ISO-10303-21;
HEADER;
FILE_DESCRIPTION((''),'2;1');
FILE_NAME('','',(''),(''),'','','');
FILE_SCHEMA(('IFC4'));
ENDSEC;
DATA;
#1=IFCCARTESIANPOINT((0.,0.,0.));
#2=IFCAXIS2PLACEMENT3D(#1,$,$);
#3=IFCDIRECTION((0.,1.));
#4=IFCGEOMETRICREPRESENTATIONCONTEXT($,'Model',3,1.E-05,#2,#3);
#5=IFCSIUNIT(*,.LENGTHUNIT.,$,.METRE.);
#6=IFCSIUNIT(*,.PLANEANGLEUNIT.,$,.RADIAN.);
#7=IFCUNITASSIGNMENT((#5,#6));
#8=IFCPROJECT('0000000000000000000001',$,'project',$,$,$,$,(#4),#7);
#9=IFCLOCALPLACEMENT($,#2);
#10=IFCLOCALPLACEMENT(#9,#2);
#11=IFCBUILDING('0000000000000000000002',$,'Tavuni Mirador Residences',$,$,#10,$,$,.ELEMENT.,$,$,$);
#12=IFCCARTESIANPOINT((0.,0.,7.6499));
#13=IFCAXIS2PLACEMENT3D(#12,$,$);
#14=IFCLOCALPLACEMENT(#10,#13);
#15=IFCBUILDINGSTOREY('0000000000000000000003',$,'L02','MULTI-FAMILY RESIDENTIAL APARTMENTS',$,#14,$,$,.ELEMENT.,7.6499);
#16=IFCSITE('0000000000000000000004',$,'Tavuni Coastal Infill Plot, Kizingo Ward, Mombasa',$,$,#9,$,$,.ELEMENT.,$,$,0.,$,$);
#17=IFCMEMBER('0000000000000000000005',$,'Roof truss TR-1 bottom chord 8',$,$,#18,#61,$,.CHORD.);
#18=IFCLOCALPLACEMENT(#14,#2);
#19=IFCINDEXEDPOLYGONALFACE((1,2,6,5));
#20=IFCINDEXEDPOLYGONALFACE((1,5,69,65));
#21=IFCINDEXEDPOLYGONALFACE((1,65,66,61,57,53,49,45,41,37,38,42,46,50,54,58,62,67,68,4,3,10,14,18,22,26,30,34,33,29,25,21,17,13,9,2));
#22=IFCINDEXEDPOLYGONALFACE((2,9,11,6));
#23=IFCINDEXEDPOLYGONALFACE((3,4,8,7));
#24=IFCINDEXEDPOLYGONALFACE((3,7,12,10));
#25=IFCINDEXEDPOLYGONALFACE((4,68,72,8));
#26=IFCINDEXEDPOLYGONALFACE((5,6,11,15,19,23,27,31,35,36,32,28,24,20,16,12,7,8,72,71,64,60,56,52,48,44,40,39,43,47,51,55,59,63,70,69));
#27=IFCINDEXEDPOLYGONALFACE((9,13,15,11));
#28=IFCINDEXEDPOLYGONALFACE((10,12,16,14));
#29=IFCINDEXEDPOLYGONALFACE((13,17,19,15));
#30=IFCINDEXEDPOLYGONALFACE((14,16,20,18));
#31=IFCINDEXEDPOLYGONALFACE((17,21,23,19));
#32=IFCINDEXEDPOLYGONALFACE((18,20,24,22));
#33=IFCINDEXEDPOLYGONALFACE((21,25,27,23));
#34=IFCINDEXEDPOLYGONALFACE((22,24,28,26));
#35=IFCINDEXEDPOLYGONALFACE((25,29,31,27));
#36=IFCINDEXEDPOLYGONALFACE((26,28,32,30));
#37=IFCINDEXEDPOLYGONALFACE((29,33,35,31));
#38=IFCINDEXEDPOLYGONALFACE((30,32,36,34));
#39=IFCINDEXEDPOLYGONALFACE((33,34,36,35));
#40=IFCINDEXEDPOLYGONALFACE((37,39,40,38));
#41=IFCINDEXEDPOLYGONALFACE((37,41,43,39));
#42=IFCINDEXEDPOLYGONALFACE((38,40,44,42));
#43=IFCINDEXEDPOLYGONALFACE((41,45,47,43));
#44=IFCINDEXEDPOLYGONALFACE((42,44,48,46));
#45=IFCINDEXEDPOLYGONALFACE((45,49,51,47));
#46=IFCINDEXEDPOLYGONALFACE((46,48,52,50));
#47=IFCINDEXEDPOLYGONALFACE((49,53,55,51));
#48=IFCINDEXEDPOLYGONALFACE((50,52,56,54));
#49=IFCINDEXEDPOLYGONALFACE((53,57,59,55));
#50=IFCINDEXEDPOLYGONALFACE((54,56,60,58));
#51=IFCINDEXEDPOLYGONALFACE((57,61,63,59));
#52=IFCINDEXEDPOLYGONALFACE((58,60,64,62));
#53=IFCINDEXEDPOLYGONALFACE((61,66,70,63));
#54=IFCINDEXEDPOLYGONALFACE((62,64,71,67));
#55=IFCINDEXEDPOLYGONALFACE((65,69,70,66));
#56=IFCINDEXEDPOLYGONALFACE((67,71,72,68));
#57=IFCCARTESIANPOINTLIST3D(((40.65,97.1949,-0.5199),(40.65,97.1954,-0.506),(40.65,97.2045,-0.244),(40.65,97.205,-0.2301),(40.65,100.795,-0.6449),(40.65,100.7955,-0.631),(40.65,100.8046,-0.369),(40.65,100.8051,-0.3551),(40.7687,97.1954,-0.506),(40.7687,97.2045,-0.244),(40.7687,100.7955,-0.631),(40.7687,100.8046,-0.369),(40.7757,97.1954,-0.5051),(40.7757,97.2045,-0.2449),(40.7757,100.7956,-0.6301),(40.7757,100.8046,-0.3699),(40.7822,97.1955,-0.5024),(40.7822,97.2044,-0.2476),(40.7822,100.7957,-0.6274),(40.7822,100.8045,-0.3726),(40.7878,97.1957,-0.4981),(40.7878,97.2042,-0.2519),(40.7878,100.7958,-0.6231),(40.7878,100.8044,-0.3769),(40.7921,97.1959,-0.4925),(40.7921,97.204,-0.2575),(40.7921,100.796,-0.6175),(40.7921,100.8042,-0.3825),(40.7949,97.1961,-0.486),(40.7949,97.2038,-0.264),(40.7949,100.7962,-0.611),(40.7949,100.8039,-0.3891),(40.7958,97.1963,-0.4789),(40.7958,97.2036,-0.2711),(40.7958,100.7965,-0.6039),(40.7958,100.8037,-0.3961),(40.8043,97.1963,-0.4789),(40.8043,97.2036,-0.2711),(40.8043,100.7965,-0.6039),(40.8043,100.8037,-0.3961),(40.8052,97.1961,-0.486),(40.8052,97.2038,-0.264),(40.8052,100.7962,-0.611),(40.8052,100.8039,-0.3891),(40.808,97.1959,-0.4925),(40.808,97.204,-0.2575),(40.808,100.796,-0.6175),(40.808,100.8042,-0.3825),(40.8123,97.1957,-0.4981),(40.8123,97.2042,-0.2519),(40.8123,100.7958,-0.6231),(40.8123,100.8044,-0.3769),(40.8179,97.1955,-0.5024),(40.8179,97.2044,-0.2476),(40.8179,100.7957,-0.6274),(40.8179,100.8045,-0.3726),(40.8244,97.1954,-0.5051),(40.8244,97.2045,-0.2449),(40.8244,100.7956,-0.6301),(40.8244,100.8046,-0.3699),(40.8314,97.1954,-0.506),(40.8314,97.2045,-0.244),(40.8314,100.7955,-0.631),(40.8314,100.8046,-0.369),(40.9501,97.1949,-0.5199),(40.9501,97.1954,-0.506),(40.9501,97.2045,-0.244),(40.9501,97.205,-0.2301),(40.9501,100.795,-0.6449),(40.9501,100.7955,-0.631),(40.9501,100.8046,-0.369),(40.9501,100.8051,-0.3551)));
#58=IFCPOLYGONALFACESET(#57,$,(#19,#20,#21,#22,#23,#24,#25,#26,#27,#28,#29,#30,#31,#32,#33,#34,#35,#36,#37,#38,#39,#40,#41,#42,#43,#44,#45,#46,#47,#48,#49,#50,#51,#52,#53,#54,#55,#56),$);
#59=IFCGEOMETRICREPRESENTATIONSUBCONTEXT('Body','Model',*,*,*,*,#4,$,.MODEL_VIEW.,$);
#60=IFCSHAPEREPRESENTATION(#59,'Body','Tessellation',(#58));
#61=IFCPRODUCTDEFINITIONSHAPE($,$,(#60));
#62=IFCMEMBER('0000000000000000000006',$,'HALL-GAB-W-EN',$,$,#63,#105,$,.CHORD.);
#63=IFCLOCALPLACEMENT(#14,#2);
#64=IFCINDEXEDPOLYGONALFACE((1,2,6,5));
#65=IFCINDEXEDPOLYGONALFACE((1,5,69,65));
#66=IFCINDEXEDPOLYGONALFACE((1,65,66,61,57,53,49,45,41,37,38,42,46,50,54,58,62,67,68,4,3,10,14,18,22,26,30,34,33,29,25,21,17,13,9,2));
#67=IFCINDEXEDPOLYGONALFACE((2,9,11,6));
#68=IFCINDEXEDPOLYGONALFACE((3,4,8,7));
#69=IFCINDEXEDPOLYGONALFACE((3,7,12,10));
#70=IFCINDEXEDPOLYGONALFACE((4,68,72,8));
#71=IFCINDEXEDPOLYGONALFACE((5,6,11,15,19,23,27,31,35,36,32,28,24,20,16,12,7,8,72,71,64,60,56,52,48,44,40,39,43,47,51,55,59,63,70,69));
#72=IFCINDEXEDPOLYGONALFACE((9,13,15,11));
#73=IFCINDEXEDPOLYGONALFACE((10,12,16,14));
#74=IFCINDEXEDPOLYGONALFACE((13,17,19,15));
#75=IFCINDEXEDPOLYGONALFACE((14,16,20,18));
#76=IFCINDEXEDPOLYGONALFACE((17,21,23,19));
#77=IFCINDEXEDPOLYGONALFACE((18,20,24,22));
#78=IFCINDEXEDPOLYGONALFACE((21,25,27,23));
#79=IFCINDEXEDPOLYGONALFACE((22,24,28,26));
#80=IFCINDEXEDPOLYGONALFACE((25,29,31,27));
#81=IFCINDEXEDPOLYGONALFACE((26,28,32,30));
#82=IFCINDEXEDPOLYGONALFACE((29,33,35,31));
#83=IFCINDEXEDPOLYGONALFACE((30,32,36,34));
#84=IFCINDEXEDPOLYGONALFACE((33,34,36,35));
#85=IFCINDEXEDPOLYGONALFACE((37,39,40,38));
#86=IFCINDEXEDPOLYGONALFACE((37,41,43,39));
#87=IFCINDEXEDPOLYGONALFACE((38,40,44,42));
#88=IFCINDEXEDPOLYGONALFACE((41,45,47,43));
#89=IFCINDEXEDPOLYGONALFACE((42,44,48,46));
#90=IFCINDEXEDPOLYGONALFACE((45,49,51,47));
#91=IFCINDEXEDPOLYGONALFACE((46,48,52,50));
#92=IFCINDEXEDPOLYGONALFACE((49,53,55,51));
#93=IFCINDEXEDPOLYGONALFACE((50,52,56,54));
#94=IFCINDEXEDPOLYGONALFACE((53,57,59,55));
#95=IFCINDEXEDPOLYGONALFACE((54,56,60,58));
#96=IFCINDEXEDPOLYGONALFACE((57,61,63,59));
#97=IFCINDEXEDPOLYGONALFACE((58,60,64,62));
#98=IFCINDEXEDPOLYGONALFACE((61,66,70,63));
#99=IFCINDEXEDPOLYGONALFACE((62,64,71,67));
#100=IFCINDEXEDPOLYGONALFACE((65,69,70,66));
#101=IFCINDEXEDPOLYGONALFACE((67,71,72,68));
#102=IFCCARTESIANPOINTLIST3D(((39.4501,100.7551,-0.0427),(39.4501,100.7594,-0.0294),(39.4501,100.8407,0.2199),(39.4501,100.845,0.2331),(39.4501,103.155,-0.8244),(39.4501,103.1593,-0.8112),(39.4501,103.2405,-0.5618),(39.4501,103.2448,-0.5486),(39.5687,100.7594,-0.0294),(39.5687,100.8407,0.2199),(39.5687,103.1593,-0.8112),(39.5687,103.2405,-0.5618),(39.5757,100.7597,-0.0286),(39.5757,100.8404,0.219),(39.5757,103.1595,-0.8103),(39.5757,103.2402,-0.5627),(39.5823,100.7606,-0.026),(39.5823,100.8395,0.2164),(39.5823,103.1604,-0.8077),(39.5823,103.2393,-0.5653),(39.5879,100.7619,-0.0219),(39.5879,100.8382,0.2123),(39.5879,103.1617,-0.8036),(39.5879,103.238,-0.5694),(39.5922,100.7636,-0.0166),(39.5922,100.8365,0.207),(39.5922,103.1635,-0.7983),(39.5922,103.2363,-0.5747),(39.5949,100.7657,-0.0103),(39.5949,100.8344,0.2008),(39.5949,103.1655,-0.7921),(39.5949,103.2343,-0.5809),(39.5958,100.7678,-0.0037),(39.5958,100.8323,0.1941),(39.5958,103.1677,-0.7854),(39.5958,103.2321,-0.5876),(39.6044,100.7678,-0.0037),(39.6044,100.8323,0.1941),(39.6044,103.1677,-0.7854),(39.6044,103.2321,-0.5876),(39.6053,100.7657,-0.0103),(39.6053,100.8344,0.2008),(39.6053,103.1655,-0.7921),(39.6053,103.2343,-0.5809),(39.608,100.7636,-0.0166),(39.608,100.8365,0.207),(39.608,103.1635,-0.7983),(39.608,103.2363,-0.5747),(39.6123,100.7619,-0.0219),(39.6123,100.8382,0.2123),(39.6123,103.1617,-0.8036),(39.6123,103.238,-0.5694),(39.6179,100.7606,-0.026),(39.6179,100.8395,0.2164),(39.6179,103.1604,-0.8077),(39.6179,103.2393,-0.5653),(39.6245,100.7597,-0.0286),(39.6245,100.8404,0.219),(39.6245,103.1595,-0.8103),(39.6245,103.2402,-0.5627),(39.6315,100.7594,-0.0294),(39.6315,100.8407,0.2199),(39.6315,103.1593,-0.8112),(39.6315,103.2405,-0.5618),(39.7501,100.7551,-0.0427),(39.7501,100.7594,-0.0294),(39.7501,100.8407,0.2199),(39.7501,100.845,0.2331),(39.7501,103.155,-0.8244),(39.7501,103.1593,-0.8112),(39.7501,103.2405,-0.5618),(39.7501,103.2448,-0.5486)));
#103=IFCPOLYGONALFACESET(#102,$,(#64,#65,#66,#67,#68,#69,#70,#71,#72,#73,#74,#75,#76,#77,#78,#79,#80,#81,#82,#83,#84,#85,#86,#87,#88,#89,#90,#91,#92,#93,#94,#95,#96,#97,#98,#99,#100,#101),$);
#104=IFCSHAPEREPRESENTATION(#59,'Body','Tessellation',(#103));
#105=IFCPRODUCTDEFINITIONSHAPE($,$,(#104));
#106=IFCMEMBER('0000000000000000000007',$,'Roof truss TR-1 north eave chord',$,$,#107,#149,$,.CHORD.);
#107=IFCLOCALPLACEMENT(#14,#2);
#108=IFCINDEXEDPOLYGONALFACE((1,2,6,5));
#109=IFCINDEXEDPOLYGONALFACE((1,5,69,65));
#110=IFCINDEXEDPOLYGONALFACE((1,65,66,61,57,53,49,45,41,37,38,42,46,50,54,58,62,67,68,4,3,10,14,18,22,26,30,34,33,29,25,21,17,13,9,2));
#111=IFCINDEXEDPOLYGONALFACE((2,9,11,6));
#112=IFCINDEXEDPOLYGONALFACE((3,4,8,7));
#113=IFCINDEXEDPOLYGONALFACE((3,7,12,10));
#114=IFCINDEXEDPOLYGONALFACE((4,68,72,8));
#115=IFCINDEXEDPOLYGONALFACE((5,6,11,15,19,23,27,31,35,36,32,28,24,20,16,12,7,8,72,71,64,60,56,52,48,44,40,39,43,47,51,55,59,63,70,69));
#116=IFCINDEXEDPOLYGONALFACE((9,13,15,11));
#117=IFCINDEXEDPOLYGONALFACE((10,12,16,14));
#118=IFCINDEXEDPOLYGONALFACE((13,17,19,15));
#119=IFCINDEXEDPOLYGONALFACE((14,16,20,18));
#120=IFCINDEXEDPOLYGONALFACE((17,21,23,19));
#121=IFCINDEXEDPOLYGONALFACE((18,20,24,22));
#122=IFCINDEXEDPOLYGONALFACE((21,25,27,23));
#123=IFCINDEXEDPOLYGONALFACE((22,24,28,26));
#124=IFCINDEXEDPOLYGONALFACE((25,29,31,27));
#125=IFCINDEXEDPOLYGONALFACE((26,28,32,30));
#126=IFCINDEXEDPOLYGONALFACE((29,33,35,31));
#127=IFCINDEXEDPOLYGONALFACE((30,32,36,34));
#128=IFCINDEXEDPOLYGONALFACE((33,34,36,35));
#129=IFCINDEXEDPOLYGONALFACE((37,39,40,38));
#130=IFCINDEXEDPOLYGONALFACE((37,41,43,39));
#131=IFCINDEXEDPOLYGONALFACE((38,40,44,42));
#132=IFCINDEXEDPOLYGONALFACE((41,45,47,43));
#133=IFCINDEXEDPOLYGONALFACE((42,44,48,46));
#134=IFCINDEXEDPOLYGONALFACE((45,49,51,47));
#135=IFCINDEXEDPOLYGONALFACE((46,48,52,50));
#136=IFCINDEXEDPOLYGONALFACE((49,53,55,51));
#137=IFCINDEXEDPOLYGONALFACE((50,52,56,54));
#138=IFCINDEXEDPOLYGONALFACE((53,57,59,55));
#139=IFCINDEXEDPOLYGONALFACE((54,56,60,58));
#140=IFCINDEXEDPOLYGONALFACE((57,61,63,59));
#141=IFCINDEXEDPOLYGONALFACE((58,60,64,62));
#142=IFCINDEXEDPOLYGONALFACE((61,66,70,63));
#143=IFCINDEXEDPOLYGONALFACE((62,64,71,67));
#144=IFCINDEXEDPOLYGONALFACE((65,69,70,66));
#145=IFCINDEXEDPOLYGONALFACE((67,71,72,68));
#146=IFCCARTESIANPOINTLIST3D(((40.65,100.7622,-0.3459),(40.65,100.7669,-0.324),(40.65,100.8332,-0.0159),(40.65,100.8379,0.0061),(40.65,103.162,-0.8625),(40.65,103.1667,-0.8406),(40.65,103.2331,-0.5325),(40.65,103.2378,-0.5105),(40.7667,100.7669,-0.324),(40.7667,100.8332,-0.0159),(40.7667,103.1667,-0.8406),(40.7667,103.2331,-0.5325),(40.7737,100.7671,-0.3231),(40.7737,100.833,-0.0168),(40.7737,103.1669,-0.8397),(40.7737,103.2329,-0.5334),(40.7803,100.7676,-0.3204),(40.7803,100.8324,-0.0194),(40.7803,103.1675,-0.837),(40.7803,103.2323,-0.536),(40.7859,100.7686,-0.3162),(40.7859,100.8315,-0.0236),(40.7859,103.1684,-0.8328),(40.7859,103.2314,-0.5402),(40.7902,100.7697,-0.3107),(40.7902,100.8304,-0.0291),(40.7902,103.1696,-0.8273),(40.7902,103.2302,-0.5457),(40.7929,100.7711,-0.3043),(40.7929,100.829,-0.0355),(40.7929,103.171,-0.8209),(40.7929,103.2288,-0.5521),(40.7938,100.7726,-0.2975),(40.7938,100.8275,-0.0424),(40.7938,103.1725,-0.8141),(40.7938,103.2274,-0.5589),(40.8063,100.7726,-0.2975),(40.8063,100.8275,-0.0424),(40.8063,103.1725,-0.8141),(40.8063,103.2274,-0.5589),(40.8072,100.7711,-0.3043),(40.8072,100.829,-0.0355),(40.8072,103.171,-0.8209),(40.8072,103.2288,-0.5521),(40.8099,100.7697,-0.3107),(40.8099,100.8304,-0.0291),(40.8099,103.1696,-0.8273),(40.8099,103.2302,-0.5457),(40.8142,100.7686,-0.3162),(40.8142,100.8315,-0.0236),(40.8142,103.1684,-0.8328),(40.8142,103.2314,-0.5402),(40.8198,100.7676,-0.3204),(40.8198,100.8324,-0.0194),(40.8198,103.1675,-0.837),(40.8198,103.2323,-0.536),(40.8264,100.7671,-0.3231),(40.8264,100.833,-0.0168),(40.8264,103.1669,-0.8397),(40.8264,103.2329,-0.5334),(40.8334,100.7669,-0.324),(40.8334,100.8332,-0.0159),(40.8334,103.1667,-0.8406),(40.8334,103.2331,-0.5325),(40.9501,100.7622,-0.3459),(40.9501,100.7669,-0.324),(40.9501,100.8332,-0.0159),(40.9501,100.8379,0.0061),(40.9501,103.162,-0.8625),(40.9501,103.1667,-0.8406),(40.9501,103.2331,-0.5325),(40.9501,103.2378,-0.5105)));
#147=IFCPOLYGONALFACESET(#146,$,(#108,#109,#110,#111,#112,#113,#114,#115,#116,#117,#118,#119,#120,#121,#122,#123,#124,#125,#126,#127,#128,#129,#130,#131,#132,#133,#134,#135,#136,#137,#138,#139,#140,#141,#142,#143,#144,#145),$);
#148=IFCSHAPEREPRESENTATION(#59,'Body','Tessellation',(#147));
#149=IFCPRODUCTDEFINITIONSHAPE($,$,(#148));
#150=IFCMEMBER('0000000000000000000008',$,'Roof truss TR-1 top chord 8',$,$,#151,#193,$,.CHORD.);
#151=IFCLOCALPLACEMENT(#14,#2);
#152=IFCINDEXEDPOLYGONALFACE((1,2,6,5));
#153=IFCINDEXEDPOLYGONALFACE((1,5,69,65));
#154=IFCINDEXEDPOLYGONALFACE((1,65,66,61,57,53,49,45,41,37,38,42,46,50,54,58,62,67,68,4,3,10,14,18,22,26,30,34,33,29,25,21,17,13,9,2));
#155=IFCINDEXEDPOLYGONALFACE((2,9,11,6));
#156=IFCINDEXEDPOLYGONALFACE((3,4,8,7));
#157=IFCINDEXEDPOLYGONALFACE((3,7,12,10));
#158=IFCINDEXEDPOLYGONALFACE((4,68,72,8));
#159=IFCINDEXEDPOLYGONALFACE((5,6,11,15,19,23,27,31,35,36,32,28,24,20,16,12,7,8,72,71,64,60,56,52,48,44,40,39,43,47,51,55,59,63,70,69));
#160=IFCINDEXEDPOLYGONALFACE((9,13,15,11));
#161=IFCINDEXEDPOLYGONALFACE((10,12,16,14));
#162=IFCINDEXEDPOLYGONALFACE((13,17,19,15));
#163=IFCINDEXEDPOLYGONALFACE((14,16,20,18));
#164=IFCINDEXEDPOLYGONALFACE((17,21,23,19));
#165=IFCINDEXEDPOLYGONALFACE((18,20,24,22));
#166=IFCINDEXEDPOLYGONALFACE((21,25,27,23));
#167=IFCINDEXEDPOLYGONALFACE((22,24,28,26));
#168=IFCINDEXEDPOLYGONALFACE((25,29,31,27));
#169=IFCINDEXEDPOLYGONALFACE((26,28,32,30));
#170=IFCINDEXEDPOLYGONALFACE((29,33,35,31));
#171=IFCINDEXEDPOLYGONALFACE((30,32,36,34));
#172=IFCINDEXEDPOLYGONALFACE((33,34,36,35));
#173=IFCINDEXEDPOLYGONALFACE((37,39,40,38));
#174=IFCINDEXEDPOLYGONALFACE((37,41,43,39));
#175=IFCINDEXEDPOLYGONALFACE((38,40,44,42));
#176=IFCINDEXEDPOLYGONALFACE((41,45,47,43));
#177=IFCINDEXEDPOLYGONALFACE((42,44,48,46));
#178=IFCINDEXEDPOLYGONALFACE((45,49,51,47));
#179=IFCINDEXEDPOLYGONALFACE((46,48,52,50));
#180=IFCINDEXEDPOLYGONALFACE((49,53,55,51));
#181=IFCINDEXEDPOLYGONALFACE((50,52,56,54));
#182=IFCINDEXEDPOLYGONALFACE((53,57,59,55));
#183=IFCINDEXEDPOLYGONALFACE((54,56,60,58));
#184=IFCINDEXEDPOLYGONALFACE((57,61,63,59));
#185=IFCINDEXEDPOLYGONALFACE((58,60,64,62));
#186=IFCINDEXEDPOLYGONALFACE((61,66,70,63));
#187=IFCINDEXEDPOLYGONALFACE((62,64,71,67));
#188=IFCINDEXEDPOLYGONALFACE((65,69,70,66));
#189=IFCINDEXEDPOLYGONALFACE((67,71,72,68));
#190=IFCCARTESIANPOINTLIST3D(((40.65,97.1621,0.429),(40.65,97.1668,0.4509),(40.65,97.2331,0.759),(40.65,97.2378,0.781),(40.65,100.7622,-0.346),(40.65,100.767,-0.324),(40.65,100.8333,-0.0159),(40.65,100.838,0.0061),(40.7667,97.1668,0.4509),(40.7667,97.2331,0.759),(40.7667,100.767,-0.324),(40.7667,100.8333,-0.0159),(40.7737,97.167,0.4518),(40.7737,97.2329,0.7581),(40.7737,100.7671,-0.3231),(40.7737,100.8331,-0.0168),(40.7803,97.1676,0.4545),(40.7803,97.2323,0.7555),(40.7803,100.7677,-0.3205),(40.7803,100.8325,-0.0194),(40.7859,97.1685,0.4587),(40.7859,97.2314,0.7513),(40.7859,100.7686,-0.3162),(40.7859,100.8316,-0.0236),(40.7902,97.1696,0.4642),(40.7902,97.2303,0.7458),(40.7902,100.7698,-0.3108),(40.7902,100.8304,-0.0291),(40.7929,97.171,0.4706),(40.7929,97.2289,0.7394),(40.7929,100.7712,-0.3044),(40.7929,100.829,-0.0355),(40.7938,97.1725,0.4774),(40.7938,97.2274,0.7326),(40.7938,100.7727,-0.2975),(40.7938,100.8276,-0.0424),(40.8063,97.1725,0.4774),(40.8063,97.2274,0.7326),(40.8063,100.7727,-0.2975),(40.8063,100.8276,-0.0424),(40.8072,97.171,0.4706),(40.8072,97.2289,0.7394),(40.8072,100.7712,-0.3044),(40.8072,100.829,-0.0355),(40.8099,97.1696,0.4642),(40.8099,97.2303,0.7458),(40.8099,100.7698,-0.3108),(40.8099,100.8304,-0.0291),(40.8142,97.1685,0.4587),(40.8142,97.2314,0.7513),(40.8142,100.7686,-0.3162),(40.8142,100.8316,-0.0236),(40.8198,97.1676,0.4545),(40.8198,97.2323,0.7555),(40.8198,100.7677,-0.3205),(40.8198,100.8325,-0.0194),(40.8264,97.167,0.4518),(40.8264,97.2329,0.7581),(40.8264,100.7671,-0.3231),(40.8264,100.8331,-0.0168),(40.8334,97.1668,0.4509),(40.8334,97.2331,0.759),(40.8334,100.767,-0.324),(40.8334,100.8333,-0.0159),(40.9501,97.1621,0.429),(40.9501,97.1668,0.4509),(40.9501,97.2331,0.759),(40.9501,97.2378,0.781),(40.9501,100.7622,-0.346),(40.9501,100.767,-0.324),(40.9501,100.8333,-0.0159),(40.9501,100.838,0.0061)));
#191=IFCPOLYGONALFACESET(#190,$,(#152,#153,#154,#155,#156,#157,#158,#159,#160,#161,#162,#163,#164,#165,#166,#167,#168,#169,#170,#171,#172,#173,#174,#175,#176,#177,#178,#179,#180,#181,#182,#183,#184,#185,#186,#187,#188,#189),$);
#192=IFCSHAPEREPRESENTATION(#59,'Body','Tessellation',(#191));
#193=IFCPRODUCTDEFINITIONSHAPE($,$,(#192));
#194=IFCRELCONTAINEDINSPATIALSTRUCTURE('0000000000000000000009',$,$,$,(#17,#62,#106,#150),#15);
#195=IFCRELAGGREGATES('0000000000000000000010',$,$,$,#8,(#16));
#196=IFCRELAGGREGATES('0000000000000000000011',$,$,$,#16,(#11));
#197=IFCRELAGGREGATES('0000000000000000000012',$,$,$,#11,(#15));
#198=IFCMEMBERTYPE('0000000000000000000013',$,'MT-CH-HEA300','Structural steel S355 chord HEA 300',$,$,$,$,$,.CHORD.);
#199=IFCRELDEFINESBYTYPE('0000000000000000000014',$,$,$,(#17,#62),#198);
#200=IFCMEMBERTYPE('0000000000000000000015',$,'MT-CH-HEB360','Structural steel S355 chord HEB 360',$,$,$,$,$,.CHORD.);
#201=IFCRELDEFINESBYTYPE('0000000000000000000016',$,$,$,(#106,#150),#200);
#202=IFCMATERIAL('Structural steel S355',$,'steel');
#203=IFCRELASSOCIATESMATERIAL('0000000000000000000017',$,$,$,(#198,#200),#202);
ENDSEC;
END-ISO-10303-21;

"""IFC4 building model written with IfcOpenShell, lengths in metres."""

from ifc_helpers import new_model, si_unit, direction, frame, origin, origin_2d, place, context, subcontext, project, spatial, i_section, extrude, material, material_profile, profile_set, type_object, element, save


model = new_model("IFC4")

# Units and contexts
model_context = context("Model", 3, precision=1e-05, world=origin(), true_north=direction((0.0, 1.0)))
body_context = subcontext(model_context, "Body", "Model", "MODEL_VIEW")
ifc_project = project(units=[si_unit("LENGTHUNIT", "METRE"), si_unit("PLANEANGLEUNIT", "RADIAN")], contexts=[model_context])

# Site, building, storey
site_placement = place(None, origin())
site = spatial("IfcSite", under=ifc_project, at=site_placement, Name="Tavuni Coastal Infill Plot, Kizingo Ward, Mombasa", CompositionType="ELEMENT", RefElevation=0.0)
building_placement = place(site_placement, origin())
building = spatial("IfcBuilding", under=site, at=building_placement, Name="Tavuni Mirador Residences", CompositionType="ELEMENT")
storey_placement = place(building_placement, frame((0.0, 0.0, 7.6499)))
storey = spatial("IfcBuildingStorey", under=building, at=storey_placement, Name="L02", Description="MULTI-FAMILY RESIDENTIAL APARTMENTS", CompositionType="ELEMENT", Elevation=7.6499)

# Members
ifc_material_1 = material(Name="Structural steel S355", Category="steel")
ifc_material_profile_1 = material_profile(ifc_material_1, i_section(OverallWidth=0.3, OverallDepth=0.29, WebThickness=0.0085, FlangeThickness=0.0139, FilletRadius=0.0271, at=origin_2d()), Name="HEA 300", Category="steel")
ifc_profile_set_1 = profile_set([ifc_material_profile_1], Name="Structural steel S355")
member_type_1 = type_object("IfcMemberType", Name="MT-CH-HEA300", Description="Structural steel S355 chord HEA 300", PredefinedType="CHORD", material=ifc_profile_set_1)
member_1_placement = place(storey_placement, frame((40.8, 97.2, -0.375), z_axis=(0.0, 0.999398, -0.0347), x_axis=(-1.0, 0.0, 0.0)))
element("IfcMember", 1, at=member_1_placement, inside=storey, type_object=member_type_1, Name="Roof truss TR-1 bottom chord 8", PredefinedType="CHORD", context=body_context, shape_type="SweptSolid", body=[
    extrude(i_section(OverallWidth=0.3, OverallDepth=0.29, WebThickness=0.0085, FlangeThickness=0.0139, FilletRadius=0.0271, at=origin_2d()), origin(), (0.0, 0.0, 1.0), 3.6023),
])
member_2_placement = place(storey_placement, frame((39.6001, 100.8, 0.0952), z_axis=(0.0, 0.950828, -0.30972), x_axis=(-1.0, 0.0, 0.0)))
element("IfcMember", 2, at=member_2_placement, inside=storey, type_object=member_type_1, Name="HALL-GAB-W-EN", PredefinedType="CHORD", context=body_context, shape_type="SweptSolid", body=[
    extrude(i_section(OverallWidth=0.3, OverallDepth=0.29, WebThickness=0.0085, FlangeThickness=0.0139, FilletRadius=0.0271, at=origin_2d()), origin(), (0.0, 0.0, 1.0), 2.5239),
])
ifc_material_profile_2 = material_profile(ifc_material_1, i_section(OverallWidth=0.3, OverallDepth=0.3601, WebThickness=0.0125, FlangeThickness=0.0225, FilletRadius=0.0271, at=origin_2d()), Name="HEB 360", Category="steel")
ifc_profile_set_2 = profile_set([ifc_material_profile_2], Name="Structural steel S355")
member_type_2 = type_object("IfcMemberType", Name="MT-CH-HEB360", Description="Structural steel S355 chord HEB 360", PredefinedType="CHORD", material=ifc_profile_set_2)
member_3_placement = place(storey_placement, frame((40.8, 100.8, -0.1699), z_axis=(0.0, 0.977607, -0.210439), x_axis=(-1.0, 0.0, 0.0)))
element("IfcMember", 3, at=member_3_placement, inside=storey, type_object=member_type_2, Name="Roof truss TR-1 north eave chord", PredefinedType="CHORD", context=body_context, shape_type="SweptSolid", body=[
    extrude(i_section(OverallWidth=0.3, OverallDepth=0.3601, WebThickness=0.0125, FlangeThickness=0.0225, FilletRadius=0.0271, at=origin_2d()), origin(), (0.0, 0.0, 1.0), 2.4548),
])
member_4_placement = place(storey_placement, frame((40.8, 97.2, 0.605), z_axis=(0.0, 0.97761, -0.210425), x_axis=(-1.0, 0.0, 0.0)))
element("IfcMember", 4, at=member_4_placement, inside=storey, type_object=member_type_2, Name="Roof truss TR-1 top chord 8", PredefinedType="CHORD", context=body_context, shape_type="SweptSolid", body=[
    extrude(i_section(OverallWidth=0.3, OverallDepth=0.3601, WebThickness=0.0125, FlangeThickness=0.0225, FilletRadius=0.0271, at=origin_2d()), origin(), (0.0, 0.0, 1.0), 3.6826),
])

save(model, "model.ifc")
